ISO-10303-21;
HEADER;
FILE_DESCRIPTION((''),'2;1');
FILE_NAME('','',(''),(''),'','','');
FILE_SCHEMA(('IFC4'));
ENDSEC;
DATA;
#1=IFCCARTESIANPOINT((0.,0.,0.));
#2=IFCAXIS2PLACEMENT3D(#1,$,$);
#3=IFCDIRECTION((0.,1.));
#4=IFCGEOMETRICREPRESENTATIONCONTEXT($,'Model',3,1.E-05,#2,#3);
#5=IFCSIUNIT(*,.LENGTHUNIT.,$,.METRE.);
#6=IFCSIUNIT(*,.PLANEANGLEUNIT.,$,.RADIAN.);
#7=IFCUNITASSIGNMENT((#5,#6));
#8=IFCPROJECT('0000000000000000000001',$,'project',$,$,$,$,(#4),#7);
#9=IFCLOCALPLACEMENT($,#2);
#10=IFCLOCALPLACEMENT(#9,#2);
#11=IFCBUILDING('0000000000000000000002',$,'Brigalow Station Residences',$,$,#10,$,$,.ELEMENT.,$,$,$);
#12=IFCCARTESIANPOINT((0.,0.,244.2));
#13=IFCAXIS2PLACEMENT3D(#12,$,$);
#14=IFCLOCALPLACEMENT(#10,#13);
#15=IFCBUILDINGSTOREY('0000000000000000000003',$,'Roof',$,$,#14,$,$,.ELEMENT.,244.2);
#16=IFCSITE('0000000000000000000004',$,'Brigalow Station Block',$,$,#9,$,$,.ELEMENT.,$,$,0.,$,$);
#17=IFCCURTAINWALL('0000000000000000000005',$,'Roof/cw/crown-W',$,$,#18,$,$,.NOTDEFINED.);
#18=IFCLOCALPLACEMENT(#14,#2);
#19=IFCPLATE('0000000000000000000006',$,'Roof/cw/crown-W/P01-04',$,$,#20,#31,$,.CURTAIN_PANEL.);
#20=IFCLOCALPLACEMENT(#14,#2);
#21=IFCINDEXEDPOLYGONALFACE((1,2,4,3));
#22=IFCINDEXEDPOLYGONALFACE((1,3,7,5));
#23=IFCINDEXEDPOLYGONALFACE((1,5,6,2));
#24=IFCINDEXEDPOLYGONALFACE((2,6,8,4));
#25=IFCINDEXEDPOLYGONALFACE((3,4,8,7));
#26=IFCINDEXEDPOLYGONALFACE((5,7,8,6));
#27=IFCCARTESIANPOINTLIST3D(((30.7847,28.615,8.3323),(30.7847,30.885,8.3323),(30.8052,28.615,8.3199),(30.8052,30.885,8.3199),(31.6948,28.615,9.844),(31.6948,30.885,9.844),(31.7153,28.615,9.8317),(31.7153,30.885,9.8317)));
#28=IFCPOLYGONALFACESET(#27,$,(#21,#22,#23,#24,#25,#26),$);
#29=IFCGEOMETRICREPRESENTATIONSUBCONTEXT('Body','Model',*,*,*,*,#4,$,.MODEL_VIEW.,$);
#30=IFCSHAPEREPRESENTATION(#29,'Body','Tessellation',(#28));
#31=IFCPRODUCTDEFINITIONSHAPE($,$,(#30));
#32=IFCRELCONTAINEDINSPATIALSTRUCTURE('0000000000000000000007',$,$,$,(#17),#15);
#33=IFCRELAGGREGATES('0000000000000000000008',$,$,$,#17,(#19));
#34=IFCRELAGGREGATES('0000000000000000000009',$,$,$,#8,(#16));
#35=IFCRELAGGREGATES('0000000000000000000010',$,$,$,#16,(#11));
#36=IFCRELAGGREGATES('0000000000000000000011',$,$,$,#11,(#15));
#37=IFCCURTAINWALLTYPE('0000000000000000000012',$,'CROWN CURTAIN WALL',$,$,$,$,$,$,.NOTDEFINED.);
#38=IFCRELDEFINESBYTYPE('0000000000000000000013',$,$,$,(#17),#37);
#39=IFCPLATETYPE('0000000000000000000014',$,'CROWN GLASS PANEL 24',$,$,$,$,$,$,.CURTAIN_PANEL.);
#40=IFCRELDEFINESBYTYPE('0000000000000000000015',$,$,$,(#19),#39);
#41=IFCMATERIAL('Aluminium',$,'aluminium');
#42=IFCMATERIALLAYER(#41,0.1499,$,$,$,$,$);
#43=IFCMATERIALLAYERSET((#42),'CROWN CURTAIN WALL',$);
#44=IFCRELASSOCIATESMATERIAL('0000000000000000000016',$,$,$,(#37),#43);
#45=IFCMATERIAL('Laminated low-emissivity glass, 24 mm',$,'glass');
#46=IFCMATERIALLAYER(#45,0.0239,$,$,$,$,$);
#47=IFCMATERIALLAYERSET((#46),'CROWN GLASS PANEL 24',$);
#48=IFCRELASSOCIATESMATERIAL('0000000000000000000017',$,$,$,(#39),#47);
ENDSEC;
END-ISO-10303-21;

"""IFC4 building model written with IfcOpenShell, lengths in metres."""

from ifc_helpers import new_model, si_unit, direction, frame, origin, place, context, subcontext, project, spatial, polyline, outline, extrude, material, layer, layer_set, type_object, element, aggregate, save


model = new_model("IFC4")

# Units and contexts
model_context = context("Model", 3, precision=1e-05, world=origin(), true_north=direction((0.0, 1.0)))
body_context = subcontext(model_context, "Body", "Model", "MODEL_VIEW")
ifc_project = project(units=[si_unit("LENGTHUNIT", "METRE"), si_unit("PLANEANGLEUNIT", "RADIAN")], contexts=[model_context])

# Site, building, storey
site_placement = place(None, origin())
site = spatial("IfcSite", under=ifc_project, at=site_placement, Name="Brigalow Station Block", CompositionType="ELEMENT", RefElevation=0.0)
building_placement = place(site_placement, origin())
building = spatial("IfcBuilding", under=site, at=building_placement, Name="Brigalow Station Residences", CompositionType="ELEMENT")
storey_placement = place(building_placement, frame((0.0, 0.0, 244.2)))
storey = spatial("IfcBuildingStorey", under=building, at=storey_placement, Name="Roof", CompositionType="ELEMENT", Elevation=244.2)

# Curtain wall
ifc_material_1 = material(Name="Aluminium", Category="aluminium")
ifc_layer_1 = layer(ifc_material_1, 0.1499)
ifc_layer_set_1 = layer_set([ifc_layer_1], Name="CROWN CURTAIN WALL")
curtain_wall_type = type_object("IfcCurtainWallType", Name="CROWN CURTAIN WALL", PredefinedType="NOTDEFINED", material=ifc_layer_set_1)
curtain_wall_1_placement = place(storey_placement, origin())
curtain_wall_1 = element("IfcCurtainWall", 1, at=curtain_wall_1_placement, inside=storey, type_object=curtain_wall_type, Name="Roof/cw/crown-W", PredefinedType="NOTDEFINED")

# Plate
ifc_material_2 = material(Name="Laminated low-emissivity glass, 24 mm", Category="glass")
ifc_layer_2 = layer(ifc_material_2, 0.0239)
ifc_layer_set_2 = layer_set([ifc_layer_2], Name="CROWN GLASS PANEL 24")
plate_type = type_object("IfcPlateType", Name="CROWN GLASS PANEL 24", PredefinedType="CURTAIN_PANEL", material=ifc_layer_set_2)
plate_1_placement = place(storey_placement, frame((30.7847, 30.885, 8.3323), z_axis=(-0.856711, 0.0, 0.515797), x_axis=(0.0, -1.0, 0.0)))
plate_1 = element("IfcPlate", 2, at=plate_1_placement, type_object=plate_type, Name="Roof/cw/crown-W/P01-04", PredefinedType="CURTAIN_PANEL", context=body_context, shape_type="SweptSolid", body=[
    extrude(outline(polyline([(0.0, 0.0), (2.27, 0.0), (2.27, 1.7646), (0.0, 1.7646), (0.0, 0.0)])), origin(), (0.0, 0.0, -1.0), 0.0239),
])
aggregate(curtain_wall_1, [plate_1])

save(model, "model.ifc")
